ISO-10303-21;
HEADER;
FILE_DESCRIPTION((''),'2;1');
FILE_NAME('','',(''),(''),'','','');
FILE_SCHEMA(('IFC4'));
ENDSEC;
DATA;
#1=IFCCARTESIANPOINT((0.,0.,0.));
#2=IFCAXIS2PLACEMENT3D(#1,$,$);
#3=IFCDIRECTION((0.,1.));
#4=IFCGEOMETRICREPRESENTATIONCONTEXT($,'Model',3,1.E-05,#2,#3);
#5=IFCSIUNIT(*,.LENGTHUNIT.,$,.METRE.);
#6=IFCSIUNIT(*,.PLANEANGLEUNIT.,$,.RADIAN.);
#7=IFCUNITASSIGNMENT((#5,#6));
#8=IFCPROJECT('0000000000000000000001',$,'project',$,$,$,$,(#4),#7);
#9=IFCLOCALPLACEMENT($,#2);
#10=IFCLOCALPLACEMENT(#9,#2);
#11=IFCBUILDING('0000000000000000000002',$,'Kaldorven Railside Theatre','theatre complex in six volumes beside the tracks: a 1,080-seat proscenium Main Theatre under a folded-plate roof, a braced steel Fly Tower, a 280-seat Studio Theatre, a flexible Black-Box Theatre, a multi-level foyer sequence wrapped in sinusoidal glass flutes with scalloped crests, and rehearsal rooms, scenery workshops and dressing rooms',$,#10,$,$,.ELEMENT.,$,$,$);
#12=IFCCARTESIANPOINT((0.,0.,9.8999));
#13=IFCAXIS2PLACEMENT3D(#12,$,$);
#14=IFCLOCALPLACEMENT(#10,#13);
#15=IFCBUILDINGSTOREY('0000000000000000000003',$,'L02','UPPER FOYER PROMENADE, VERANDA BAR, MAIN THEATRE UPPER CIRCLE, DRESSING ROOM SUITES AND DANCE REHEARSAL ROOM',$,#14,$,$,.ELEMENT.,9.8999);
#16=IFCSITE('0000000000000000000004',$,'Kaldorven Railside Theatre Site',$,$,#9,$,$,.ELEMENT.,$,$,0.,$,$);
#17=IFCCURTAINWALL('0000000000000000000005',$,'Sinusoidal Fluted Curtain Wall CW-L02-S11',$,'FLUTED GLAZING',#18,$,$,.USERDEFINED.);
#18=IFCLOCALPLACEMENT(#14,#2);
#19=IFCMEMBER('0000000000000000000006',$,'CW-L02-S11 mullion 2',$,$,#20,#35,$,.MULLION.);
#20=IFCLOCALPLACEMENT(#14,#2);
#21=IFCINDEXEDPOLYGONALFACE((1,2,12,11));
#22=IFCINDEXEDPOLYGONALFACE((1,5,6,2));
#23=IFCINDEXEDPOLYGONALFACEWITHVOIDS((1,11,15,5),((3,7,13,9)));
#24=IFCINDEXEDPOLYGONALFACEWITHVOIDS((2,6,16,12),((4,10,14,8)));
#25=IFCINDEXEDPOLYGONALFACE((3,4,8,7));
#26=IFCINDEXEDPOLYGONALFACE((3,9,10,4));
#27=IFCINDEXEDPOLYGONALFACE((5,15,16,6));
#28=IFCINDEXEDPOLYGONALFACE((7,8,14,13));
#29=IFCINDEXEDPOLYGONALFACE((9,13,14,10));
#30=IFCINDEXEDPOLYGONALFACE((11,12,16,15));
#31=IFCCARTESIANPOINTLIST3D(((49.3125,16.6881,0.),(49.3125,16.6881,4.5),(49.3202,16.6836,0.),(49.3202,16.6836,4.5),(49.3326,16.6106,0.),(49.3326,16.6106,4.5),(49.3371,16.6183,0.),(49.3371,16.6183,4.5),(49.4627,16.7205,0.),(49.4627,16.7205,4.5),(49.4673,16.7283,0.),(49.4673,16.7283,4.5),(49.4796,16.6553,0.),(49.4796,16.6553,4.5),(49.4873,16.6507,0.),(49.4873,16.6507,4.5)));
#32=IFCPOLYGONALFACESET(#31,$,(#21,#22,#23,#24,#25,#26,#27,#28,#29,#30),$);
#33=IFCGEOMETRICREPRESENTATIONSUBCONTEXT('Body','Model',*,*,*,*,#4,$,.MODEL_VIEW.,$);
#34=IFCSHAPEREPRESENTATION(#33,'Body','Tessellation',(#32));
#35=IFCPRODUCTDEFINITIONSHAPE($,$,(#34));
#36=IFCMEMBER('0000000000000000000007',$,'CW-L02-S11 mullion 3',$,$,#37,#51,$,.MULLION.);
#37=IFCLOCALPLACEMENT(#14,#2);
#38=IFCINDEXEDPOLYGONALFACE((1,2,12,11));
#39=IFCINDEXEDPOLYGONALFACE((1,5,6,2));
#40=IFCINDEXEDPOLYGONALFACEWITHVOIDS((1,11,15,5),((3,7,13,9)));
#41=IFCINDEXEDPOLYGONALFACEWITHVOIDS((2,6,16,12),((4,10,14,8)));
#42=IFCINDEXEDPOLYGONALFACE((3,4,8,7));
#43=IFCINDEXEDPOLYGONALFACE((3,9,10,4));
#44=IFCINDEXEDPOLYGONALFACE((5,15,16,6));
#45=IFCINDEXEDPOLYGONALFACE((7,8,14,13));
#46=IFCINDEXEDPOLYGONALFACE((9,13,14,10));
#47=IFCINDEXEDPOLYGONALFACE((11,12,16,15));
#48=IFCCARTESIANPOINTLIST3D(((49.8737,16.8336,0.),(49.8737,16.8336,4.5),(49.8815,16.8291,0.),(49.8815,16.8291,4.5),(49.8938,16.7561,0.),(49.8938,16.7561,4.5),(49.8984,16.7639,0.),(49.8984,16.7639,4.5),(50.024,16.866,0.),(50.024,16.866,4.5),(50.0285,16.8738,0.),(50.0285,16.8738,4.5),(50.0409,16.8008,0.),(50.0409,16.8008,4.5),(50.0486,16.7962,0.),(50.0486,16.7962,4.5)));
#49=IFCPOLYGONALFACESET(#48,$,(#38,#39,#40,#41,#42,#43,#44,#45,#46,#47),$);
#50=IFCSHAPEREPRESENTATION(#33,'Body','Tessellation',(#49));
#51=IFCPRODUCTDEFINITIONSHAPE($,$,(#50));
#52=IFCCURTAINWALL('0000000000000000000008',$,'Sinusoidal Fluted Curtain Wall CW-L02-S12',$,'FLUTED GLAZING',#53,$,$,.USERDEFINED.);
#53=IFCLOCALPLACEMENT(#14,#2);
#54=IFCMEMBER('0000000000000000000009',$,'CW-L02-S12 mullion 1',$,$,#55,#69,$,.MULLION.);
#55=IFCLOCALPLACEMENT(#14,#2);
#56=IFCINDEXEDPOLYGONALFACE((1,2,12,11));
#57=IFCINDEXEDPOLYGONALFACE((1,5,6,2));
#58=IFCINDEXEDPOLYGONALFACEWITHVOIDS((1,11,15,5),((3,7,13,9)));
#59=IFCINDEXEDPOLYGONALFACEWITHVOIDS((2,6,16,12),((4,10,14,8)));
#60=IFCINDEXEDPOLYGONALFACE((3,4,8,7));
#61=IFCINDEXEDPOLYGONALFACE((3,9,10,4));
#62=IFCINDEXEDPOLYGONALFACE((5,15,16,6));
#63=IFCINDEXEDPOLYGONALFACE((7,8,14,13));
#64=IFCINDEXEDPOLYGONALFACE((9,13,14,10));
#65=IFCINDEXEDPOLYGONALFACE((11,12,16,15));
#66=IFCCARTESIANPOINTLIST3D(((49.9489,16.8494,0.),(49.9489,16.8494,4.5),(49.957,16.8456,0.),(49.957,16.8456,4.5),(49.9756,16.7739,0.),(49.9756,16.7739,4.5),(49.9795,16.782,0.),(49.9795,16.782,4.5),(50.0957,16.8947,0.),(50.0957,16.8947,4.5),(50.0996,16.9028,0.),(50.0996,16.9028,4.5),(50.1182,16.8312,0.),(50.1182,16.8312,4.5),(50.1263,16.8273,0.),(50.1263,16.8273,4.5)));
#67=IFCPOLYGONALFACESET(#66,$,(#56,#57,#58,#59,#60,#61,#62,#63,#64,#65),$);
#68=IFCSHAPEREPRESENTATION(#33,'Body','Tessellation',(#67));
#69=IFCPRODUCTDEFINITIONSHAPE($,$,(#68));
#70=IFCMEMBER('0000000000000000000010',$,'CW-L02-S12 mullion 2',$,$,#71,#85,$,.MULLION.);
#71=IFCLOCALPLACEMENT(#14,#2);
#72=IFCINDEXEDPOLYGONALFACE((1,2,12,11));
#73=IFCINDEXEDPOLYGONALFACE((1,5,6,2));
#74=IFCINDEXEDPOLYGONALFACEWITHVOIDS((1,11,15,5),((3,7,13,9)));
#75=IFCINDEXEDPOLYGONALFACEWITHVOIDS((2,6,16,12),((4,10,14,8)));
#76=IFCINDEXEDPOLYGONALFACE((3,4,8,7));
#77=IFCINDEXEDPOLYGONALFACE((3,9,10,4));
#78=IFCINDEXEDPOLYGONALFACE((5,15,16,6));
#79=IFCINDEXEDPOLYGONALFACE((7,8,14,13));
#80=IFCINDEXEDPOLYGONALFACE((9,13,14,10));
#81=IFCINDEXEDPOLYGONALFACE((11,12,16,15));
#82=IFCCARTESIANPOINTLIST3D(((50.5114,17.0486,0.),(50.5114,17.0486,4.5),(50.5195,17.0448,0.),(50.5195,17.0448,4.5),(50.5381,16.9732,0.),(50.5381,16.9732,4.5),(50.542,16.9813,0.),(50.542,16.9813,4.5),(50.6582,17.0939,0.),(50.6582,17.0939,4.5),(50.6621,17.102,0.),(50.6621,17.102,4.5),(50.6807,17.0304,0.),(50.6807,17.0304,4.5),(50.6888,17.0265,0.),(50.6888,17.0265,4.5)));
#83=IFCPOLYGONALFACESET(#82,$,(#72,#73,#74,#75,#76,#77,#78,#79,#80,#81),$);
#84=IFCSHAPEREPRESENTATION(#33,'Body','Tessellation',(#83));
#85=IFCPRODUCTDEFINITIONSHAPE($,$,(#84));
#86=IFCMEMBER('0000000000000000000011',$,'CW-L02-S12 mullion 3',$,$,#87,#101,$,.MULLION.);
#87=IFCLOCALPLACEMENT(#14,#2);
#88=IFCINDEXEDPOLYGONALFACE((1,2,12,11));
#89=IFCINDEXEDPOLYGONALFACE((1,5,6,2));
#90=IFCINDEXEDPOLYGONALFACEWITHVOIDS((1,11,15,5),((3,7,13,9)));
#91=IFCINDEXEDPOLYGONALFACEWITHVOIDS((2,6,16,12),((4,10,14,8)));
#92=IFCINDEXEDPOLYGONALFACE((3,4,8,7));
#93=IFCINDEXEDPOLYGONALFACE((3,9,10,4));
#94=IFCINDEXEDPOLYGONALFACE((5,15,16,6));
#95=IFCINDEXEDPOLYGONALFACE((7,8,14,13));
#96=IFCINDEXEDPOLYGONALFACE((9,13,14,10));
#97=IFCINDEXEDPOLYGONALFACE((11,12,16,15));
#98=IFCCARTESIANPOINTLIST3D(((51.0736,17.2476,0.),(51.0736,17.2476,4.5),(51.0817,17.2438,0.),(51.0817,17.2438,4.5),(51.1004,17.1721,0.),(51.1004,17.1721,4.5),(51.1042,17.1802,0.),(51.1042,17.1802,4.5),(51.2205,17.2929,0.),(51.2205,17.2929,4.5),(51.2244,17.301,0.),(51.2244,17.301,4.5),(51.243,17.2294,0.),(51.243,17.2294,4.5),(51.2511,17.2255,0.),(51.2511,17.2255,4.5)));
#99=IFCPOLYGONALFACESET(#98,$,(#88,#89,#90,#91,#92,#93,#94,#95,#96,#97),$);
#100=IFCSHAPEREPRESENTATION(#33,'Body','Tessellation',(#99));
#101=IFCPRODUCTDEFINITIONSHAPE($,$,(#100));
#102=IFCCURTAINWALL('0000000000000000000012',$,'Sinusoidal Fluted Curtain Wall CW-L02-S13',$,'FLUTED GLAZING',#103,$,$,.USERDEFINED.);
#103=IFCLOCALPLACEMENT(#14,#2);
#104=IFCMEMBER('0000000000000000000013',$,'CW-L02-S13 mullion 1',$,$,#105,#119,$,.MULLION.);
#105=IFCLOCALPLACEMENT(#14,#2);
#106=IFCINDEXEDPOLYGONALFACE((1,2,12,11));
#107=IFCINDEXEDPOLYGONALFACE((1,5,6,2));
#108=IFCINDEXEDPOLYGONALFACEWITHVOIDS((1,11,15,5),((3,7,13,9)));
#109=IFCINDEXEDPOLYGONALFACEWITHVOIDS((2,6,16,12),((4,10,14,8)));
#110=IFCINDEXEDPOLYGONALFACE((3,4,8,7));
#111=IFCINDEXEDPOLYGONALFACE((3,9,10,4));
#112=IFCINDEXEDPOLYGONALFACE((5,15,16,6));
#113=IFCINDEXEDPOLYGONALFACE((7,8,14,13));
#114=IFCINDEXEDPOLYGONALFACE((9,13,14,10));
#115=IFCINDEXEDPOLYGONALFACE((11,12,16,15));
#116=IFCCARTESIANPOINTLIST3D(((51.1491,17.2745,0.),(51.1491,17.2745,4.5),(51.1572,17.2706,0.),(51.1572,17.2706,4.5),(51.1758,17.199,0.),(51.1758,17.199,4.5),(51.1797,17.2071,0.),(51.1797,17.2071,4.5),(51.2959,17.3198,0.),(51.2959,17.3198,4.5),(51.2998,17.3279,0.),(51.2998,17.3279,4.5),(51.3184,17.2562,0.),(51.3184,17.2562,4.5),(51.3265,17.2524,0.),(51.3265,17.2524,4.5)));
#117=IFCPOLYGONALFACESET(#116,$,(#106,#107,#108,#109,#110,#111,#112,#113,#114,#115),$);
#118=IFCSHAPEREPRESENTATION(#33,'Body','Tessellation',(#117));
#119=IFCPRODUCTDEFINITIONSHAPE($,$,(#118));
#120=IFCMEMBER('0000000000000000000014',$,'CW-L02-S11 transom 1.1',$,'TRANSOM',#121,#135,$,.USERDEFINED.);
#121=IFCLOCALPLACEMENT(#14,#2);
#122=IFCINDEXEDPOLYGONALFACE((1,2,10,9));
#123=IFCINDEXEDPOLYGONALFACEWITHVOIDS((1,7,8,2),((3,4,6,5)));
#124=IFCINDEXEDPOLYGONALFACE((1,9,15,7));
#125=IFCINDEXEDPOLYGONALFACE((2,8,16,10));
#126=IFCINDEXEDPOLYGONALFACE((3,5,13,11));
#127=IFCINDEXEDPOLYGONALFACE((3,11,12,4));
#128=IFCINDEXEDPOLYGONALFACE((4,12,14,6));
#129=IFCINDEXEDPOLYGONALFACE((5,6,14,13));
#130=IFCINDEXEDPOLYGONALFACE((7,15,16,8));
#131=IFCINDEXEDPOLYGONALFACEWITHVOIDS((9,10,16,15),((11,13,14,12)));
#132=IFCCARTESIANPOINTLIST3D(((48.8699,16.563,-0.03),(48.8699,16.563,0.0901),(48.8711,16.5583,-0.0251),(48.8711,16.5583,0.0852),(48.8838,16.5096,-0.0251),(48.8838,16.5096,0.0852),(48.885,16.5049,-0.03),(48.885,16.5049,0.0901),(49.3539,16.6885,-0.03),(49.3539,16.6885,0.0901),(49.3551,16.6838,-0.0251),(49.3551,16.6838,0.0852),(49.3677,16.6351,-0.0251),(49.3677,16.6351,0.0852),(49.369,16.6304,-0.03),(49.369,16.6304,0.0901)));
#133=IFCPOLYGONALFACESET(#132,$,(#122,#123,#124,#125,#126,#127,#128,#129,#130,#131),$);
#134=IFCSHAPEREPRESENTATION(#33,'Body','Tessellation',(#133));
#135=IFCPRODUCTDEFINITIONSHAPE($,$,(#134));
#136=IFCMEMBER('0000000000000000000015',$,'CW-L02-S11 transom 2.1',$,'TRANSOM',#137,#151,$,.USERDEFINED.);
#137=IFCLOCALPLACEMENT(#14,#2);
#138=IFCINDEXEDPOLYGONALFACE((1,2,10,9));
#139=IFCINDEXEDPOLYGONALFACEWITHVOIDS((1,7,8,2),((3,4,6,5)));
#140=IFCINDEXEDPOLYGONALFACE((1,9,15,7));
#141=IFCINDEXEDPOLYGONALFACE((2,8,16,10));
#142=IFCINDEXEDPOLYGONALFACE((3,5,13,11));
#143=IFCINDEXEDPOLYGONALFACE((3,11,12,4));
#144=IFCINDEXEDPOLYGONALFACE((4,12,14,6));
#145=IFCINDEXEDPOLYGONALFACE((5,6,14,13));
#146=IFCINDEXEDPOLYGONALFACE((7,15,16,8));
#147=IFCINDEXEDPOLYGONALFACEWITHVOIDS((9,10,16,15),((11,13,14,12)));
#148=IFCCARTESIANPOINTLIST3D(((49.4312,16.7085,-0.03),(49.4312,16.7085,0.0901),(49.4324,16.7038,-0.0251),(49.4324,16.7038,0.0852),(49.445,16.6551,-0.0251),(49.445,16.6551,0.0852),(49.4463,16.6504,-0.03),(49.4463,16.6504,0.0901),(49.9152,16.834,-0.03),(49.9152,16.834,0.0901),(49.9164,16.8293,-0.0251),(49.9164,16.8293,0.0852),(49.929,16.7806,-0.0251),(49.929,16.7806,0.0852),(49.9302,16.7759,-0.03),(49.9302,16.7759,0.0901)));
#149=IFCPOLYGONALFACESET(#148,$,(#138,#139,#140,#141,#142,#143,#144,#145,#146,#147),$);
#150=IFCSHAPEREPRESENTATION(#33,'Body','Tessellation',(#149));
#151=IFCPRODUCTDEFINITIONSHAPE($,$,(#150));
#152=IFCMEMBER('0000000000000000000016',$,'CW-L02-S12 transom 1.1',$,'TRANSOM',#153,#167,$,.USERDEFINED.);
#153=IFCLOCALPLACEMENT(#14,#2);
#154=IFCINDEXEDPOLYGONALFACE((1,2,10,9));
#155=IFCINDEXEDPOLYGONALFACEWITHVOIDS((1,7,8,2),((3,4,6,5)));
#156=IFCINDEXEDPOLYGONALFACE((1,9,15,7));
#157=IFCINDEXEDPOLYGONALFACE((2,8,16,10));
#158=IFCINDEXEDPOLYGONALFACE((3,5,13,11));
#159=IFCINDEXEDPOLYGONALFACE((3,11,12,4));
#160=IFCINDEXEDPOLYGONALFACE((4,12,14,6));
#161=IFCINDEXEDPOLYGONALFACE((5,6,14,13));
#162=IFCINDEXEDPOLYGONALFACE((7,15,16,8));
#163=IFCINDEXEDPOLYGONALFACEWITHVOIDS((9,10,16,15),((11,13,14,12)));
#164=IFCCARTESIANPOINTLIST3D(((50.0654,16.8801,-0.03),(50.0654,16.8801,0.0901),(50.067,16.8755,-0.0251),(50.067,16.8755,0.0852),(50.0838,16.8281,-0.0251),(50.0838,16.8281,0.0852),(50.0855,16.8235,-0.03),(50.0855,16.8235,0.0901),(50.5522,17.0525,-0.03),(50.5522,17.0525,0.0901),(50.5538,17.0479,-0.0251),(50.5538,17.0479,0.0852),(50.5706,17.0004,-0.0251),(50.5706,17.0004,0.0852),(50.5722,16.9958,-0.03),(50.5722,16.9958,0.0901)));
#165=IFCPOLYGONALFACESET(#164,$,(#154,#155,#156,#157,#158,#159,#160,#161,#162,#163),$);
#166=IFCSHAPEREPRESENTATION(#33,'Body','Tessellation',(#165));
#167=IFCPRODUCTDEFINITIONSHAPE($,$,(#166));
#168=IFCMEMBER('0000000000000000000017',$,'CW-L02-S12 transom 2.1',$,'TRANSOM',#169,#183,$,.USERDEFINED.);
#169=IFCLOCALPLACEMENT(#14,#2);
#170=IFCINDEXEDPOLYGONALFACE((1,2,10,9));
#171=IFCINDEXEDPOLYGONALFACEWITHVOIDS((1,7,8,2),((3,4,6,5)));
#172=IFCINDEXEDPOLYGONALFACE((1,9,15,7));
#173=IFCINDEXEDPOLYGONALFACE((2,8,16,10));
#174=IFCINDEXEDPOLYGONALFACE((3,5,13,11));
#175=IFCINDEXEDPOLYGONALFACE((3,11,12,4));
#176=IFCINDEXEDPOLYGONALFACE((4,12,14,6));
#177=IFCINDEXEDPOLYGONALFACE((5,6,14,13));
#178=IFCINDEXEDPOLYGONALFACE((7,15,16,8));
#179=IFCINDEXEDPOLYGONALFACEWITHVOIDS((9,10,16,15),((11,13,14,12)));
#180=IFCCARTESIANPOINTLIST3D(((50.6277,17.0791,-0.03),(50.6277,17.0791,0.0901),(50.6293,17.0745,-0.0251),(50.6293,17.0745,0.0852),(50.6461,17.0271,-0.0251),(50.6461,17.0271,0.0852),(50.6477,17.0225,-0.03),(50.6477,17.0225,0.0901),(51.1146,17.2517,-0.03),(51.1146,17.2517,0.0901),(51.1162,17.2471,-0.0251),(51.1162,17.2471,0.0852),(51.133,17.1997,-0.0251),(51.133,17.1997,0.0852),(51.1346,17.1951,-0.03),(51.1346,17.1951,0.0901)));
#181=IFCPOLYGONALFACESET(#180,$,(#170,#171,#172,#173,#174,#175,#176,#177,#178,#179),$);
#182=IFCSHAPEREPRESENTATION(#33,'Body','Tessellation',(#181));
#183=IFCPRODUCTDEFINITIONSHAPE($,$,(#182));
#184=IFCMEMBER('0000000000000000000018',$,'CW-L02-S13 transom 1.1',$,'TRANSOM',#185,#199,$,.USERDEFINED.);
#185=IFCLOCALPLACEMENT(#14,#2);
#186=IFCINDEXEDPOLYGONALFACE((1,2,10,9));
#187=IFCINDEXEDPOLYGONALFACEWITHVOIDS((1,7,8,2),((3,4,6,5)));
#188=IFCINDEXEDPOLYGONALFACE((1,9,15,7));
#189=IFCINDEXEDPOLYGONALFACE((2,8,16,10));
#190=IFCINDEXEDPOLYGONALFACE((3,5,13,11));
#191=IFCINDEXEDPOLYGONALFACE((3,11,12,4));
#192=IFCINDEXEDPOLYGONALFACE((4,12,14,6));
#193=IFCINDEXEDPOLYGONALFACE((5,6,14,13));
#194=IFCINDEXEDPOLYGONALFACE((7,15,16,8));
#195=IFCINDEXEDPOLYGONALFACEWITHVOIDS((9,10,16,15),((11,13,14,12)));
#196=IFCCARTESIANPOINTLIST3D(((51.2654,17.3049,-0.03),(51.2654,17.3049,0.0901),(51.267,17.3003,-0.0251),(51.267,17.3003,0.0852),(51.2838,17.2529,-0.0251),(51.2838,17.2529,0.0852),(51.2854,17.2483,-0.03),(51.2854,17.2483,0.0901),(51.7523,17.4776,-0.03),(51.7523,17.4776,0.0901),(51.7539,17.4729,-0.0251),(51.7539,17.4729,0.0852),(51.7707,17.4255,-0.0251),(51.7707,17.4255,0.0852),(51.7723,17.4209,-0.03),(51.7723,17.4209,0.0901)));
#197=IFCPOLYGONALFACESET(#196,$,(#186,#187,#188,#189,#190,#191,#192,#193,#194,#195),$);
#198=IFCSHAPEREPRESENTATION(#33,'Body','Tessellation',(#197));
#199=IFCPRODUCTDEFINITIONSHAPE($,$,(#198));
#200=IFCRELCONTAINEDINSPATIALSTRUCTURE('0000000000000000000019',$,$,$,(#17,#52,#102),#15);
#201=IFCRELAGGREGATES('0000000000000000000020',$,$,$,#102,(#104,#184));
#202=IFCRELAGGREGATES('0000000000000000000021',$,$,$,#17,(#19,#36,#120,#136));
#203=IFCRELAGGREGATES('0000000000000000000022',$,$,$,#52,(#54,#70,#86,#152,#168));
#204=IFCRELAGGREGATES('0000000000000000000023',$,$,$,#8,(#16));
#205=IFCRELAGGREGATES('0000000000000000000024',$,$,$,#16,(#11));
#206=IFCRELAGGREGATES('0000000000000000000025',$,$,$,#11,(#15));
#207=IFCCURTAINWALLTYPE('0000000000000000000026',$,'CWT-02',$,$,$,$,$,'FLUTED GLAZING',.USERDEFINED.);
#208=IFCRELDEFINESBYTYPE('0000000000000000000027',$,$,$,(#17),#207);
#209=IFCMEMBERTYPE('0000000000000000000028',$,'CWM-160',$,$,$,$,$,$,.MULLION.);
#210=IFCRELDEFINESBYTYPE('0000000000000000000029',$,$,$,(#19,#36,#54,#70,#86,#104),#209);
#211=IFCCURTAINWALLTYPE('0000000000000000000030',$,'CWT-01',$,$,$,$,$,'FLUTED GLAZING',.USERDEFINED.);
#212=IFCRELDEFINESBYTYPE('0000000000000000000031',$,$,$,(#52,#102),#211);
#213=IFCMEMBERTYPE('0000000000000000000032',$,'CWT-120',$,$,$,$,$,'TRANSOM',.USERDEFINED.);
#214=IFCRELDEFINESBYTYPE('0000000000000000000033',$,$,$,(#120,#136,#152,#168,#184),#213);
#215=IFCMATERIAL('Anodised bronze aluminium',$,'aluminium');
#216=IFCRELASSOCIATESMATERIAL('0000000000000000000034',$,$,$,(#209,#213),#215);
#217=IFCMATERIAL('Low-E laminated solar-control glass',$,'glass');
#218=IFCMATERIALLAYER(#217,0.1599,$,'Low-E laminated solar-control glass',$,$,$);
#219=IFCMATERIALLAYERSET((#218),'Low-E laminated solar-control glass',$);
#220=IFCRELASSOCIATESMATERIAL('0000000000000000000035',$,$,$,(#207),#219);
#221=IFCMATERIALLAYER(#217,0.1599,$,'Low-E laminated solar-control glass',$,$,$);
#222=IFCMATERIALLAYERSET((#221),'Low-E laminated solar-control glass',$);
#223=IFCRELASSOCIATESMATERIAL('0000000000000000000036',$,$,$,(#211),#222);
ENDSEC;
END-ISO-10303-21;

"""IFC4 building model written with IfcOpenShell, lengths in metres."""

from ifc_helpers import new_model, si_unit, direction, frame, origin, origin_2d, place, context, subcontext, project, spatial, hollow_rectangle, extrude, material, layer, layer_set, material_profile, profile_set, type_object, element, aggregate, save


model = new_model("IFC4")

# Units and contexts
model_context = context("Model", 3, precision=1e-05, world=origin(), true_north=direction((0.0, 1.0)))
body_context = subcontext(model_context, "Body", "Model", "MODEL_VIEW")
ifc_project = project(units=[si_unit("LENGTHUNIT", "METRE"), si_unit("PLANEANGLEUNIT", "RADIAN")], contexts=[model_context])

# Site, building, storey
site_placement = place(None, origin())
site = spatial("IfcSite", under=ifc_project, at=site_placement, Name="Kaldorven Railside Theatre Site", CompositionType="ELEMENT", RefElevation=0.0)
building_placement = place(site_placement, origin())
building = spatial("IfcBuilding", under=site, at=building_placement, Name="Kaldorven Railside Theatre", Description="theatre complex in six volumes beside the tracks: a 1,080-seat proscenium Main Theatre under a folded-plate roof, a braced steel Fly Tower, a 280-seat Studio Theatre, a flexible Black-Box Theatre, a multi-level foyer sequence wrapped in sinusoidal glass flutes with scalloped crests, and rehearsal rooms, scenery workshops and dressing rooms", CompositionType="ELEMENT")
storey_placement = place(building_placement, frame((0.0, 0.0, 9.8999)))
storey = spatial("IfcBuildingStorey", under=building, at=storey_placement, Name="L02", Description="UPPER FOYER PROMENADE, VERANDA BAR, MAIN THEATRE UPPER CIRCLE, DRESSING ROOM SUITES AND DANCE REHEARSAL ROOM", CompositionType="ELEMENT", Elevation=9.8999)

# Shared definitions
ifc_material_1 = material(Name="Low-E laminated solar-control glass", Category="glass")
ifc_material_2 = material(Name="Anodised bronze aluminium", Category="aluminium")
ifc_material_profile_1 = material_profile(ifc_material_2, hollow_rectangle(XDim=0.0801, YDim=0.1599, WallThickness=0.0063, at=origin_2d()), Name="RHS 160x80x6.3")
ifc_profile_set_1 = profile_set([ifc_material_profile_1], Name="Anodised bronze aluminium")
member_type_1 = type_object("IfcMemberType", Name="CWM-160", PredefinedType="MULLION", material=ifc_profile_set_1)

# Curtain walls, members
ifc_layer_1 = layer(ifc_material_1, 0.1599, Name="Low-E laminated solar-control glass")
ifc_layer_set_1 = layer_set([ifc_layer_1], Name="Low-E laminated solar-control glass")
curtain_wall_type_1 = type_object("IfcCurtainWallType", Name="CWT-02", ElementType="FLUTED GLAZING", PredefinedType="USERDEFINED", material=ifc_layer_set_1)
curtain_wall_1_placement = place(storey_placement, origin())
curtain_wall_1 = element("IfcCurtainWall", 1, at=curtain_wall_1_placement, inside=storey, type_object=curtain_wall_type_1, Name="Sinusoidal Fluted Curtain Wall CW-L02-S11", ObjectType="FLUTED GLAZING", PredefinedType="USERDEFINED")
member_1_placement = place(storey_placement, frame((49.3999, 16.6694, 0.0), z_axis=(0.0, 0.0, 1.0), x_axis=(-0.250954, 0.967999, 0.0)))
member_1 = element("IfcMember", 2, at=member_1_placement, type_object=member_type_1, Name="CW-L02-S11 mullion 2", PredefinedType="MULLION", context=body_context, shape_type="SweptSolid", body=[
    extrude(hollow_rectangle(XDim=0.0801, YDim=0.1599, WallThickness=0.0063, at=origin_2d()), origin(), (0.0, 0.0, 1.0), 4.5),
])
member_2_placement = place(storey_placement, frame((49.9612, 16.8149, 0.0), z_axis=(0.0, 0.0, 1.0), x_axis=(-0.250954, 0.967999, 0.0)))
member_2 = element("IfcMember", 3, at=member_2_placement, type_object=member_type_1, Name="CW-L02-S11 mullion 3", PredefinedType="MULLION", context=body_context, shape_type="SweptSolid", body=[
    extrude(hollow_rectangle(XDim=0.0801, YDim=0.1599, WallThickness=0.0063, at=origin_2d()), origin(), (0.0, 0.0, 1.0), 4.5),
])
ifc_layer_2 = layer(ifc_material_1, 0.1599, Name="Low-E laminated solar-control glass")
ifc_layer_set_2 = layer_set([ifc_layer_2], Name="Low-E laminated solar-control glass")
curtain_wall_type_2 = type_object("IfcCurtainWallType", Name="CWT-01", ElementType="FLUTED GLAZING", PredefinedType="USERDEFINED", material=ifc_layer_set_2)
curtain_wall_2_placement = place(storey_placement, origin())
curtain_wall_2 = element("IfcCurtainWall", 4, at=curtain_wall_2_placement, inside=storey, type_object=curtain_wall_type_2, Name="Sinusoidal Fluted Curtain Wall CW-L02-S12", ObjectType="FLUTED GLAZING", PredefinedType="USERDEFINED")
member_3_placement = place(storey_placement, frame((50.0376, 16.8384, 0.0), z_axis=(0.0, 0.0, 1.0), x_axis=(-0.333847, 0.942627, 0.0)))
member_3 = element("IfcMember", 5, at=member_3_placement, type_object=member_type_1, Name="CW-L02-S12 mullion 1", PredefinedType="MULLION", context=body_context, shape_type="SweptSolid", body=[
    extrude(hollow_rectangle(XDim=0.0801, YDim=0.1599, WallThickness=0.0063, at=origin_2d()), origin(), (0.0, 0.0, 1.0), 4.5),
])
member_4_placement = place(storey_placement, frame((50.6001, 17.0376, 0.0), z_axis=(0.0, 0.0, 1.0), x_axis=(-0.333847, 0.942627, 0.0)))
member_4 = element("IfcMember", 6, at=member_4_placement, type_object=member_type_1, Name="CW-L02-S12 mullion 2", PredefinedType="MULLION", context=body_context, shape_type="SweptSolid", body=[
    extrude(hollow_rectangle(XDim=0.0801, YDim=0.1599, WallThickness=0.0063, at=origin_2d()), origin(), (0.0, 0.0, 1.0), 4.5),
])
member_5_placement = place(storey_placement, frame((51.1624, 17.2366, 0.0), z_axis=(0.0, 0.0, 1.0), x_axis=(-0.333847, 0.942627, 0.0)))
member_5 = element("IfcMember", 7, at=member_5_placement, type_object=member_type_1, Name="CW-L02-S12 mullion 3", PredefinedType="MULLION", context=body_context, shape_type="SweptSolid", body=[
    extrude(hollow_rectangle(XDim=0.0801, YDim=0.1599, WallThickness=0.0063, at=origin_2d()), origin(), (0.0, 0.0, 1.0), 4.5),
])

# Curtain wall, member
curtain_wall_3_placement = place(storey_placement, origin())
curtain_wall_3 = element("IfcCurtainWall", 8, at=curtain_wall_3_placement, inside=storey, type_object=curtain_wall_type_2, Name="Sinusoidal Fluted Curtain Wall CW-L02-S13", ObjectType="FLUTED GLAZING", PredefinedType="USERDEFINED")
member_6_placement = place(storey_placement, frame((51.2378, 17.2634, 0.0), z_axis=(0.0, 0.0, 1.0), x_axis=(-0.333847, 0.942627, 0.0)))
member_6 = element("IfcMember", 9, at=member_6_placement, type_object=member_type_1, Name="CW-L02-S13 mullion 1", PredefinedType="MULLION", context=body_context, shape_type="SweptSolid", body=[
    extrude(hollow_rectangle(XDim=0.0801, YDim=0.1599, WallThickness=0.0063, at=origin_2d()), origin(), (0.0, 0.0, 1.0), 4.5),
])

# Members
ifc_material_profile_2 = material_profile(ifc_material_2, hollow_rectangle(XDim=0.0601, YDim=0.1201, WallThickness=0.0049, at=origin_2d()), Name="RHS 120x60x5")
ifc_profile_set_2 = profile_set([ifc_material_profile_2], Name="Anodised bronze aluminium")
member_type_2 = type_object("IfcMemberType", Name="CWT-120", ElementType="TRANSOM", PredefinedType="USERDEFINED", material=ifc_profile_set_2)
member_7_placement = place(storey_placement, frame((48.8774, 16.5339, 0.03), z_axis=(0.967979, 0.25103, 0.0), x_axis=(-0.25103, 0.967979, 0.0)))
member_7 = element("IfcMember", 10, at=member_7_placement, type_object=member_type_2, Name="CW-L02-S11 transom 1.1", ObjectType="TRANSOM", PredefinedType="USERDEFINED", context=body_context, shape_type="SweptSolid", body=[
    extrude(hollow_rectangle(XDim=0.0601, YDim=0.1201, WallThickness=0.0049, at=origin_2d()), origin(), (0.0, 0.0, 1.0), 0.5),
])
member_8_placement = place(storey_placement, frame((49.4387, 16.6794, 0.03), z_axis=(0.967979, 0.25103, 0.0), x_axis=(-0.25103, 0.967979, 0.0)))
member_8 = element("IfcMember", 11, at=member_8_placement, type_object=member_type_2, Name="CW-L02-S11 transom 2.1", ObjectType="TRANSOM", PredefinedType="USERDEFINED", context=body_context, shape_type="SweptSolid", body=[
    extrude(hollow_rectangle(XDim=0.0601, YDim=0.1201, WallThickness=0.0049, at=origin_2d()), origin(), (0.0, 0.0, 1.0), 0.5),
])
member_9_placement = place(storey_placement, frame((50.0754, 16.8518, 0.03), z_axis=(0.942658, 0.33376, 0.0), x_axis=(-0.33376, 0.942658, 0.0)))
member_9 = element("IfcMember", 12, at=member_9_placement, type_object=member_type_2, Name="CW-L02-S12 transom 1.1", ObjectType="TRANSOM", PredefinedType="USERDEFINED", context=body_context, shape_type="SweptSolid", body=[
    extrude(hollow_rectangle(XDim=0.0601, YDim=0.1201, WallThickness=0.0049, at=origin_2d()), origin(), (0.0, 0.0, 1.0), 0.5164),
])
member_10_placement = place(storey_placement, frame((50.6377, 17.0508, 0.03), z_axis=(0.942509, 0.33418, 0.0), x_axis=(-0.33418, 0.942509, 0.0)))
member_10 = element("IfcMember", 13, at=member_10_placement, type_object=member_type_2, Name="CW-L02-S12 transom 2.1", ObjectType="TRANSOM", PredefinedType="USERDEFINED", context=body_context, shape_type="SweptSolid", body=[
    extrude(hollow_rectangle(XDim=0.0601, YDim=0.1201, WallThickness=0.0049, at=origin_2d()), origin(), (0.0, 0.0, 1.0), 0.5166),
])
member_11_placement = place(storey_placement, frame((51.2754, 17.2766, 0.03), z_axis=(0.942509, 0.33418, 0.0), x_axis=(-0.33418, 0.942509, 0.0)))
member_11 = element("IfcMember", 14, at=member_11_placement, type_object=member_type_2, Name="CW-L02-S13 transom 1.1", ObjectType="TRANSOM", PredefinedType="USERDEFINED", context=body_context, shape_type="SweptSolid", body=[
    extrude(hollow_rectangle(XDim=0.0601, YDim=0.1201, WallThickness=0.0049, at=origin_2d()), origin(), (0.0, 0.0, 1.0), 0.5166),
])
aggregate(curtain_wall_3, [member_6, member_11])

aggregate(curtain_wall_1, [member_1, member_2, member_7, member_8])
aggregate(curtain_wall_2, [member_3, member_4, member_5, member_9, member_10])

save(model, "model.ifc")
